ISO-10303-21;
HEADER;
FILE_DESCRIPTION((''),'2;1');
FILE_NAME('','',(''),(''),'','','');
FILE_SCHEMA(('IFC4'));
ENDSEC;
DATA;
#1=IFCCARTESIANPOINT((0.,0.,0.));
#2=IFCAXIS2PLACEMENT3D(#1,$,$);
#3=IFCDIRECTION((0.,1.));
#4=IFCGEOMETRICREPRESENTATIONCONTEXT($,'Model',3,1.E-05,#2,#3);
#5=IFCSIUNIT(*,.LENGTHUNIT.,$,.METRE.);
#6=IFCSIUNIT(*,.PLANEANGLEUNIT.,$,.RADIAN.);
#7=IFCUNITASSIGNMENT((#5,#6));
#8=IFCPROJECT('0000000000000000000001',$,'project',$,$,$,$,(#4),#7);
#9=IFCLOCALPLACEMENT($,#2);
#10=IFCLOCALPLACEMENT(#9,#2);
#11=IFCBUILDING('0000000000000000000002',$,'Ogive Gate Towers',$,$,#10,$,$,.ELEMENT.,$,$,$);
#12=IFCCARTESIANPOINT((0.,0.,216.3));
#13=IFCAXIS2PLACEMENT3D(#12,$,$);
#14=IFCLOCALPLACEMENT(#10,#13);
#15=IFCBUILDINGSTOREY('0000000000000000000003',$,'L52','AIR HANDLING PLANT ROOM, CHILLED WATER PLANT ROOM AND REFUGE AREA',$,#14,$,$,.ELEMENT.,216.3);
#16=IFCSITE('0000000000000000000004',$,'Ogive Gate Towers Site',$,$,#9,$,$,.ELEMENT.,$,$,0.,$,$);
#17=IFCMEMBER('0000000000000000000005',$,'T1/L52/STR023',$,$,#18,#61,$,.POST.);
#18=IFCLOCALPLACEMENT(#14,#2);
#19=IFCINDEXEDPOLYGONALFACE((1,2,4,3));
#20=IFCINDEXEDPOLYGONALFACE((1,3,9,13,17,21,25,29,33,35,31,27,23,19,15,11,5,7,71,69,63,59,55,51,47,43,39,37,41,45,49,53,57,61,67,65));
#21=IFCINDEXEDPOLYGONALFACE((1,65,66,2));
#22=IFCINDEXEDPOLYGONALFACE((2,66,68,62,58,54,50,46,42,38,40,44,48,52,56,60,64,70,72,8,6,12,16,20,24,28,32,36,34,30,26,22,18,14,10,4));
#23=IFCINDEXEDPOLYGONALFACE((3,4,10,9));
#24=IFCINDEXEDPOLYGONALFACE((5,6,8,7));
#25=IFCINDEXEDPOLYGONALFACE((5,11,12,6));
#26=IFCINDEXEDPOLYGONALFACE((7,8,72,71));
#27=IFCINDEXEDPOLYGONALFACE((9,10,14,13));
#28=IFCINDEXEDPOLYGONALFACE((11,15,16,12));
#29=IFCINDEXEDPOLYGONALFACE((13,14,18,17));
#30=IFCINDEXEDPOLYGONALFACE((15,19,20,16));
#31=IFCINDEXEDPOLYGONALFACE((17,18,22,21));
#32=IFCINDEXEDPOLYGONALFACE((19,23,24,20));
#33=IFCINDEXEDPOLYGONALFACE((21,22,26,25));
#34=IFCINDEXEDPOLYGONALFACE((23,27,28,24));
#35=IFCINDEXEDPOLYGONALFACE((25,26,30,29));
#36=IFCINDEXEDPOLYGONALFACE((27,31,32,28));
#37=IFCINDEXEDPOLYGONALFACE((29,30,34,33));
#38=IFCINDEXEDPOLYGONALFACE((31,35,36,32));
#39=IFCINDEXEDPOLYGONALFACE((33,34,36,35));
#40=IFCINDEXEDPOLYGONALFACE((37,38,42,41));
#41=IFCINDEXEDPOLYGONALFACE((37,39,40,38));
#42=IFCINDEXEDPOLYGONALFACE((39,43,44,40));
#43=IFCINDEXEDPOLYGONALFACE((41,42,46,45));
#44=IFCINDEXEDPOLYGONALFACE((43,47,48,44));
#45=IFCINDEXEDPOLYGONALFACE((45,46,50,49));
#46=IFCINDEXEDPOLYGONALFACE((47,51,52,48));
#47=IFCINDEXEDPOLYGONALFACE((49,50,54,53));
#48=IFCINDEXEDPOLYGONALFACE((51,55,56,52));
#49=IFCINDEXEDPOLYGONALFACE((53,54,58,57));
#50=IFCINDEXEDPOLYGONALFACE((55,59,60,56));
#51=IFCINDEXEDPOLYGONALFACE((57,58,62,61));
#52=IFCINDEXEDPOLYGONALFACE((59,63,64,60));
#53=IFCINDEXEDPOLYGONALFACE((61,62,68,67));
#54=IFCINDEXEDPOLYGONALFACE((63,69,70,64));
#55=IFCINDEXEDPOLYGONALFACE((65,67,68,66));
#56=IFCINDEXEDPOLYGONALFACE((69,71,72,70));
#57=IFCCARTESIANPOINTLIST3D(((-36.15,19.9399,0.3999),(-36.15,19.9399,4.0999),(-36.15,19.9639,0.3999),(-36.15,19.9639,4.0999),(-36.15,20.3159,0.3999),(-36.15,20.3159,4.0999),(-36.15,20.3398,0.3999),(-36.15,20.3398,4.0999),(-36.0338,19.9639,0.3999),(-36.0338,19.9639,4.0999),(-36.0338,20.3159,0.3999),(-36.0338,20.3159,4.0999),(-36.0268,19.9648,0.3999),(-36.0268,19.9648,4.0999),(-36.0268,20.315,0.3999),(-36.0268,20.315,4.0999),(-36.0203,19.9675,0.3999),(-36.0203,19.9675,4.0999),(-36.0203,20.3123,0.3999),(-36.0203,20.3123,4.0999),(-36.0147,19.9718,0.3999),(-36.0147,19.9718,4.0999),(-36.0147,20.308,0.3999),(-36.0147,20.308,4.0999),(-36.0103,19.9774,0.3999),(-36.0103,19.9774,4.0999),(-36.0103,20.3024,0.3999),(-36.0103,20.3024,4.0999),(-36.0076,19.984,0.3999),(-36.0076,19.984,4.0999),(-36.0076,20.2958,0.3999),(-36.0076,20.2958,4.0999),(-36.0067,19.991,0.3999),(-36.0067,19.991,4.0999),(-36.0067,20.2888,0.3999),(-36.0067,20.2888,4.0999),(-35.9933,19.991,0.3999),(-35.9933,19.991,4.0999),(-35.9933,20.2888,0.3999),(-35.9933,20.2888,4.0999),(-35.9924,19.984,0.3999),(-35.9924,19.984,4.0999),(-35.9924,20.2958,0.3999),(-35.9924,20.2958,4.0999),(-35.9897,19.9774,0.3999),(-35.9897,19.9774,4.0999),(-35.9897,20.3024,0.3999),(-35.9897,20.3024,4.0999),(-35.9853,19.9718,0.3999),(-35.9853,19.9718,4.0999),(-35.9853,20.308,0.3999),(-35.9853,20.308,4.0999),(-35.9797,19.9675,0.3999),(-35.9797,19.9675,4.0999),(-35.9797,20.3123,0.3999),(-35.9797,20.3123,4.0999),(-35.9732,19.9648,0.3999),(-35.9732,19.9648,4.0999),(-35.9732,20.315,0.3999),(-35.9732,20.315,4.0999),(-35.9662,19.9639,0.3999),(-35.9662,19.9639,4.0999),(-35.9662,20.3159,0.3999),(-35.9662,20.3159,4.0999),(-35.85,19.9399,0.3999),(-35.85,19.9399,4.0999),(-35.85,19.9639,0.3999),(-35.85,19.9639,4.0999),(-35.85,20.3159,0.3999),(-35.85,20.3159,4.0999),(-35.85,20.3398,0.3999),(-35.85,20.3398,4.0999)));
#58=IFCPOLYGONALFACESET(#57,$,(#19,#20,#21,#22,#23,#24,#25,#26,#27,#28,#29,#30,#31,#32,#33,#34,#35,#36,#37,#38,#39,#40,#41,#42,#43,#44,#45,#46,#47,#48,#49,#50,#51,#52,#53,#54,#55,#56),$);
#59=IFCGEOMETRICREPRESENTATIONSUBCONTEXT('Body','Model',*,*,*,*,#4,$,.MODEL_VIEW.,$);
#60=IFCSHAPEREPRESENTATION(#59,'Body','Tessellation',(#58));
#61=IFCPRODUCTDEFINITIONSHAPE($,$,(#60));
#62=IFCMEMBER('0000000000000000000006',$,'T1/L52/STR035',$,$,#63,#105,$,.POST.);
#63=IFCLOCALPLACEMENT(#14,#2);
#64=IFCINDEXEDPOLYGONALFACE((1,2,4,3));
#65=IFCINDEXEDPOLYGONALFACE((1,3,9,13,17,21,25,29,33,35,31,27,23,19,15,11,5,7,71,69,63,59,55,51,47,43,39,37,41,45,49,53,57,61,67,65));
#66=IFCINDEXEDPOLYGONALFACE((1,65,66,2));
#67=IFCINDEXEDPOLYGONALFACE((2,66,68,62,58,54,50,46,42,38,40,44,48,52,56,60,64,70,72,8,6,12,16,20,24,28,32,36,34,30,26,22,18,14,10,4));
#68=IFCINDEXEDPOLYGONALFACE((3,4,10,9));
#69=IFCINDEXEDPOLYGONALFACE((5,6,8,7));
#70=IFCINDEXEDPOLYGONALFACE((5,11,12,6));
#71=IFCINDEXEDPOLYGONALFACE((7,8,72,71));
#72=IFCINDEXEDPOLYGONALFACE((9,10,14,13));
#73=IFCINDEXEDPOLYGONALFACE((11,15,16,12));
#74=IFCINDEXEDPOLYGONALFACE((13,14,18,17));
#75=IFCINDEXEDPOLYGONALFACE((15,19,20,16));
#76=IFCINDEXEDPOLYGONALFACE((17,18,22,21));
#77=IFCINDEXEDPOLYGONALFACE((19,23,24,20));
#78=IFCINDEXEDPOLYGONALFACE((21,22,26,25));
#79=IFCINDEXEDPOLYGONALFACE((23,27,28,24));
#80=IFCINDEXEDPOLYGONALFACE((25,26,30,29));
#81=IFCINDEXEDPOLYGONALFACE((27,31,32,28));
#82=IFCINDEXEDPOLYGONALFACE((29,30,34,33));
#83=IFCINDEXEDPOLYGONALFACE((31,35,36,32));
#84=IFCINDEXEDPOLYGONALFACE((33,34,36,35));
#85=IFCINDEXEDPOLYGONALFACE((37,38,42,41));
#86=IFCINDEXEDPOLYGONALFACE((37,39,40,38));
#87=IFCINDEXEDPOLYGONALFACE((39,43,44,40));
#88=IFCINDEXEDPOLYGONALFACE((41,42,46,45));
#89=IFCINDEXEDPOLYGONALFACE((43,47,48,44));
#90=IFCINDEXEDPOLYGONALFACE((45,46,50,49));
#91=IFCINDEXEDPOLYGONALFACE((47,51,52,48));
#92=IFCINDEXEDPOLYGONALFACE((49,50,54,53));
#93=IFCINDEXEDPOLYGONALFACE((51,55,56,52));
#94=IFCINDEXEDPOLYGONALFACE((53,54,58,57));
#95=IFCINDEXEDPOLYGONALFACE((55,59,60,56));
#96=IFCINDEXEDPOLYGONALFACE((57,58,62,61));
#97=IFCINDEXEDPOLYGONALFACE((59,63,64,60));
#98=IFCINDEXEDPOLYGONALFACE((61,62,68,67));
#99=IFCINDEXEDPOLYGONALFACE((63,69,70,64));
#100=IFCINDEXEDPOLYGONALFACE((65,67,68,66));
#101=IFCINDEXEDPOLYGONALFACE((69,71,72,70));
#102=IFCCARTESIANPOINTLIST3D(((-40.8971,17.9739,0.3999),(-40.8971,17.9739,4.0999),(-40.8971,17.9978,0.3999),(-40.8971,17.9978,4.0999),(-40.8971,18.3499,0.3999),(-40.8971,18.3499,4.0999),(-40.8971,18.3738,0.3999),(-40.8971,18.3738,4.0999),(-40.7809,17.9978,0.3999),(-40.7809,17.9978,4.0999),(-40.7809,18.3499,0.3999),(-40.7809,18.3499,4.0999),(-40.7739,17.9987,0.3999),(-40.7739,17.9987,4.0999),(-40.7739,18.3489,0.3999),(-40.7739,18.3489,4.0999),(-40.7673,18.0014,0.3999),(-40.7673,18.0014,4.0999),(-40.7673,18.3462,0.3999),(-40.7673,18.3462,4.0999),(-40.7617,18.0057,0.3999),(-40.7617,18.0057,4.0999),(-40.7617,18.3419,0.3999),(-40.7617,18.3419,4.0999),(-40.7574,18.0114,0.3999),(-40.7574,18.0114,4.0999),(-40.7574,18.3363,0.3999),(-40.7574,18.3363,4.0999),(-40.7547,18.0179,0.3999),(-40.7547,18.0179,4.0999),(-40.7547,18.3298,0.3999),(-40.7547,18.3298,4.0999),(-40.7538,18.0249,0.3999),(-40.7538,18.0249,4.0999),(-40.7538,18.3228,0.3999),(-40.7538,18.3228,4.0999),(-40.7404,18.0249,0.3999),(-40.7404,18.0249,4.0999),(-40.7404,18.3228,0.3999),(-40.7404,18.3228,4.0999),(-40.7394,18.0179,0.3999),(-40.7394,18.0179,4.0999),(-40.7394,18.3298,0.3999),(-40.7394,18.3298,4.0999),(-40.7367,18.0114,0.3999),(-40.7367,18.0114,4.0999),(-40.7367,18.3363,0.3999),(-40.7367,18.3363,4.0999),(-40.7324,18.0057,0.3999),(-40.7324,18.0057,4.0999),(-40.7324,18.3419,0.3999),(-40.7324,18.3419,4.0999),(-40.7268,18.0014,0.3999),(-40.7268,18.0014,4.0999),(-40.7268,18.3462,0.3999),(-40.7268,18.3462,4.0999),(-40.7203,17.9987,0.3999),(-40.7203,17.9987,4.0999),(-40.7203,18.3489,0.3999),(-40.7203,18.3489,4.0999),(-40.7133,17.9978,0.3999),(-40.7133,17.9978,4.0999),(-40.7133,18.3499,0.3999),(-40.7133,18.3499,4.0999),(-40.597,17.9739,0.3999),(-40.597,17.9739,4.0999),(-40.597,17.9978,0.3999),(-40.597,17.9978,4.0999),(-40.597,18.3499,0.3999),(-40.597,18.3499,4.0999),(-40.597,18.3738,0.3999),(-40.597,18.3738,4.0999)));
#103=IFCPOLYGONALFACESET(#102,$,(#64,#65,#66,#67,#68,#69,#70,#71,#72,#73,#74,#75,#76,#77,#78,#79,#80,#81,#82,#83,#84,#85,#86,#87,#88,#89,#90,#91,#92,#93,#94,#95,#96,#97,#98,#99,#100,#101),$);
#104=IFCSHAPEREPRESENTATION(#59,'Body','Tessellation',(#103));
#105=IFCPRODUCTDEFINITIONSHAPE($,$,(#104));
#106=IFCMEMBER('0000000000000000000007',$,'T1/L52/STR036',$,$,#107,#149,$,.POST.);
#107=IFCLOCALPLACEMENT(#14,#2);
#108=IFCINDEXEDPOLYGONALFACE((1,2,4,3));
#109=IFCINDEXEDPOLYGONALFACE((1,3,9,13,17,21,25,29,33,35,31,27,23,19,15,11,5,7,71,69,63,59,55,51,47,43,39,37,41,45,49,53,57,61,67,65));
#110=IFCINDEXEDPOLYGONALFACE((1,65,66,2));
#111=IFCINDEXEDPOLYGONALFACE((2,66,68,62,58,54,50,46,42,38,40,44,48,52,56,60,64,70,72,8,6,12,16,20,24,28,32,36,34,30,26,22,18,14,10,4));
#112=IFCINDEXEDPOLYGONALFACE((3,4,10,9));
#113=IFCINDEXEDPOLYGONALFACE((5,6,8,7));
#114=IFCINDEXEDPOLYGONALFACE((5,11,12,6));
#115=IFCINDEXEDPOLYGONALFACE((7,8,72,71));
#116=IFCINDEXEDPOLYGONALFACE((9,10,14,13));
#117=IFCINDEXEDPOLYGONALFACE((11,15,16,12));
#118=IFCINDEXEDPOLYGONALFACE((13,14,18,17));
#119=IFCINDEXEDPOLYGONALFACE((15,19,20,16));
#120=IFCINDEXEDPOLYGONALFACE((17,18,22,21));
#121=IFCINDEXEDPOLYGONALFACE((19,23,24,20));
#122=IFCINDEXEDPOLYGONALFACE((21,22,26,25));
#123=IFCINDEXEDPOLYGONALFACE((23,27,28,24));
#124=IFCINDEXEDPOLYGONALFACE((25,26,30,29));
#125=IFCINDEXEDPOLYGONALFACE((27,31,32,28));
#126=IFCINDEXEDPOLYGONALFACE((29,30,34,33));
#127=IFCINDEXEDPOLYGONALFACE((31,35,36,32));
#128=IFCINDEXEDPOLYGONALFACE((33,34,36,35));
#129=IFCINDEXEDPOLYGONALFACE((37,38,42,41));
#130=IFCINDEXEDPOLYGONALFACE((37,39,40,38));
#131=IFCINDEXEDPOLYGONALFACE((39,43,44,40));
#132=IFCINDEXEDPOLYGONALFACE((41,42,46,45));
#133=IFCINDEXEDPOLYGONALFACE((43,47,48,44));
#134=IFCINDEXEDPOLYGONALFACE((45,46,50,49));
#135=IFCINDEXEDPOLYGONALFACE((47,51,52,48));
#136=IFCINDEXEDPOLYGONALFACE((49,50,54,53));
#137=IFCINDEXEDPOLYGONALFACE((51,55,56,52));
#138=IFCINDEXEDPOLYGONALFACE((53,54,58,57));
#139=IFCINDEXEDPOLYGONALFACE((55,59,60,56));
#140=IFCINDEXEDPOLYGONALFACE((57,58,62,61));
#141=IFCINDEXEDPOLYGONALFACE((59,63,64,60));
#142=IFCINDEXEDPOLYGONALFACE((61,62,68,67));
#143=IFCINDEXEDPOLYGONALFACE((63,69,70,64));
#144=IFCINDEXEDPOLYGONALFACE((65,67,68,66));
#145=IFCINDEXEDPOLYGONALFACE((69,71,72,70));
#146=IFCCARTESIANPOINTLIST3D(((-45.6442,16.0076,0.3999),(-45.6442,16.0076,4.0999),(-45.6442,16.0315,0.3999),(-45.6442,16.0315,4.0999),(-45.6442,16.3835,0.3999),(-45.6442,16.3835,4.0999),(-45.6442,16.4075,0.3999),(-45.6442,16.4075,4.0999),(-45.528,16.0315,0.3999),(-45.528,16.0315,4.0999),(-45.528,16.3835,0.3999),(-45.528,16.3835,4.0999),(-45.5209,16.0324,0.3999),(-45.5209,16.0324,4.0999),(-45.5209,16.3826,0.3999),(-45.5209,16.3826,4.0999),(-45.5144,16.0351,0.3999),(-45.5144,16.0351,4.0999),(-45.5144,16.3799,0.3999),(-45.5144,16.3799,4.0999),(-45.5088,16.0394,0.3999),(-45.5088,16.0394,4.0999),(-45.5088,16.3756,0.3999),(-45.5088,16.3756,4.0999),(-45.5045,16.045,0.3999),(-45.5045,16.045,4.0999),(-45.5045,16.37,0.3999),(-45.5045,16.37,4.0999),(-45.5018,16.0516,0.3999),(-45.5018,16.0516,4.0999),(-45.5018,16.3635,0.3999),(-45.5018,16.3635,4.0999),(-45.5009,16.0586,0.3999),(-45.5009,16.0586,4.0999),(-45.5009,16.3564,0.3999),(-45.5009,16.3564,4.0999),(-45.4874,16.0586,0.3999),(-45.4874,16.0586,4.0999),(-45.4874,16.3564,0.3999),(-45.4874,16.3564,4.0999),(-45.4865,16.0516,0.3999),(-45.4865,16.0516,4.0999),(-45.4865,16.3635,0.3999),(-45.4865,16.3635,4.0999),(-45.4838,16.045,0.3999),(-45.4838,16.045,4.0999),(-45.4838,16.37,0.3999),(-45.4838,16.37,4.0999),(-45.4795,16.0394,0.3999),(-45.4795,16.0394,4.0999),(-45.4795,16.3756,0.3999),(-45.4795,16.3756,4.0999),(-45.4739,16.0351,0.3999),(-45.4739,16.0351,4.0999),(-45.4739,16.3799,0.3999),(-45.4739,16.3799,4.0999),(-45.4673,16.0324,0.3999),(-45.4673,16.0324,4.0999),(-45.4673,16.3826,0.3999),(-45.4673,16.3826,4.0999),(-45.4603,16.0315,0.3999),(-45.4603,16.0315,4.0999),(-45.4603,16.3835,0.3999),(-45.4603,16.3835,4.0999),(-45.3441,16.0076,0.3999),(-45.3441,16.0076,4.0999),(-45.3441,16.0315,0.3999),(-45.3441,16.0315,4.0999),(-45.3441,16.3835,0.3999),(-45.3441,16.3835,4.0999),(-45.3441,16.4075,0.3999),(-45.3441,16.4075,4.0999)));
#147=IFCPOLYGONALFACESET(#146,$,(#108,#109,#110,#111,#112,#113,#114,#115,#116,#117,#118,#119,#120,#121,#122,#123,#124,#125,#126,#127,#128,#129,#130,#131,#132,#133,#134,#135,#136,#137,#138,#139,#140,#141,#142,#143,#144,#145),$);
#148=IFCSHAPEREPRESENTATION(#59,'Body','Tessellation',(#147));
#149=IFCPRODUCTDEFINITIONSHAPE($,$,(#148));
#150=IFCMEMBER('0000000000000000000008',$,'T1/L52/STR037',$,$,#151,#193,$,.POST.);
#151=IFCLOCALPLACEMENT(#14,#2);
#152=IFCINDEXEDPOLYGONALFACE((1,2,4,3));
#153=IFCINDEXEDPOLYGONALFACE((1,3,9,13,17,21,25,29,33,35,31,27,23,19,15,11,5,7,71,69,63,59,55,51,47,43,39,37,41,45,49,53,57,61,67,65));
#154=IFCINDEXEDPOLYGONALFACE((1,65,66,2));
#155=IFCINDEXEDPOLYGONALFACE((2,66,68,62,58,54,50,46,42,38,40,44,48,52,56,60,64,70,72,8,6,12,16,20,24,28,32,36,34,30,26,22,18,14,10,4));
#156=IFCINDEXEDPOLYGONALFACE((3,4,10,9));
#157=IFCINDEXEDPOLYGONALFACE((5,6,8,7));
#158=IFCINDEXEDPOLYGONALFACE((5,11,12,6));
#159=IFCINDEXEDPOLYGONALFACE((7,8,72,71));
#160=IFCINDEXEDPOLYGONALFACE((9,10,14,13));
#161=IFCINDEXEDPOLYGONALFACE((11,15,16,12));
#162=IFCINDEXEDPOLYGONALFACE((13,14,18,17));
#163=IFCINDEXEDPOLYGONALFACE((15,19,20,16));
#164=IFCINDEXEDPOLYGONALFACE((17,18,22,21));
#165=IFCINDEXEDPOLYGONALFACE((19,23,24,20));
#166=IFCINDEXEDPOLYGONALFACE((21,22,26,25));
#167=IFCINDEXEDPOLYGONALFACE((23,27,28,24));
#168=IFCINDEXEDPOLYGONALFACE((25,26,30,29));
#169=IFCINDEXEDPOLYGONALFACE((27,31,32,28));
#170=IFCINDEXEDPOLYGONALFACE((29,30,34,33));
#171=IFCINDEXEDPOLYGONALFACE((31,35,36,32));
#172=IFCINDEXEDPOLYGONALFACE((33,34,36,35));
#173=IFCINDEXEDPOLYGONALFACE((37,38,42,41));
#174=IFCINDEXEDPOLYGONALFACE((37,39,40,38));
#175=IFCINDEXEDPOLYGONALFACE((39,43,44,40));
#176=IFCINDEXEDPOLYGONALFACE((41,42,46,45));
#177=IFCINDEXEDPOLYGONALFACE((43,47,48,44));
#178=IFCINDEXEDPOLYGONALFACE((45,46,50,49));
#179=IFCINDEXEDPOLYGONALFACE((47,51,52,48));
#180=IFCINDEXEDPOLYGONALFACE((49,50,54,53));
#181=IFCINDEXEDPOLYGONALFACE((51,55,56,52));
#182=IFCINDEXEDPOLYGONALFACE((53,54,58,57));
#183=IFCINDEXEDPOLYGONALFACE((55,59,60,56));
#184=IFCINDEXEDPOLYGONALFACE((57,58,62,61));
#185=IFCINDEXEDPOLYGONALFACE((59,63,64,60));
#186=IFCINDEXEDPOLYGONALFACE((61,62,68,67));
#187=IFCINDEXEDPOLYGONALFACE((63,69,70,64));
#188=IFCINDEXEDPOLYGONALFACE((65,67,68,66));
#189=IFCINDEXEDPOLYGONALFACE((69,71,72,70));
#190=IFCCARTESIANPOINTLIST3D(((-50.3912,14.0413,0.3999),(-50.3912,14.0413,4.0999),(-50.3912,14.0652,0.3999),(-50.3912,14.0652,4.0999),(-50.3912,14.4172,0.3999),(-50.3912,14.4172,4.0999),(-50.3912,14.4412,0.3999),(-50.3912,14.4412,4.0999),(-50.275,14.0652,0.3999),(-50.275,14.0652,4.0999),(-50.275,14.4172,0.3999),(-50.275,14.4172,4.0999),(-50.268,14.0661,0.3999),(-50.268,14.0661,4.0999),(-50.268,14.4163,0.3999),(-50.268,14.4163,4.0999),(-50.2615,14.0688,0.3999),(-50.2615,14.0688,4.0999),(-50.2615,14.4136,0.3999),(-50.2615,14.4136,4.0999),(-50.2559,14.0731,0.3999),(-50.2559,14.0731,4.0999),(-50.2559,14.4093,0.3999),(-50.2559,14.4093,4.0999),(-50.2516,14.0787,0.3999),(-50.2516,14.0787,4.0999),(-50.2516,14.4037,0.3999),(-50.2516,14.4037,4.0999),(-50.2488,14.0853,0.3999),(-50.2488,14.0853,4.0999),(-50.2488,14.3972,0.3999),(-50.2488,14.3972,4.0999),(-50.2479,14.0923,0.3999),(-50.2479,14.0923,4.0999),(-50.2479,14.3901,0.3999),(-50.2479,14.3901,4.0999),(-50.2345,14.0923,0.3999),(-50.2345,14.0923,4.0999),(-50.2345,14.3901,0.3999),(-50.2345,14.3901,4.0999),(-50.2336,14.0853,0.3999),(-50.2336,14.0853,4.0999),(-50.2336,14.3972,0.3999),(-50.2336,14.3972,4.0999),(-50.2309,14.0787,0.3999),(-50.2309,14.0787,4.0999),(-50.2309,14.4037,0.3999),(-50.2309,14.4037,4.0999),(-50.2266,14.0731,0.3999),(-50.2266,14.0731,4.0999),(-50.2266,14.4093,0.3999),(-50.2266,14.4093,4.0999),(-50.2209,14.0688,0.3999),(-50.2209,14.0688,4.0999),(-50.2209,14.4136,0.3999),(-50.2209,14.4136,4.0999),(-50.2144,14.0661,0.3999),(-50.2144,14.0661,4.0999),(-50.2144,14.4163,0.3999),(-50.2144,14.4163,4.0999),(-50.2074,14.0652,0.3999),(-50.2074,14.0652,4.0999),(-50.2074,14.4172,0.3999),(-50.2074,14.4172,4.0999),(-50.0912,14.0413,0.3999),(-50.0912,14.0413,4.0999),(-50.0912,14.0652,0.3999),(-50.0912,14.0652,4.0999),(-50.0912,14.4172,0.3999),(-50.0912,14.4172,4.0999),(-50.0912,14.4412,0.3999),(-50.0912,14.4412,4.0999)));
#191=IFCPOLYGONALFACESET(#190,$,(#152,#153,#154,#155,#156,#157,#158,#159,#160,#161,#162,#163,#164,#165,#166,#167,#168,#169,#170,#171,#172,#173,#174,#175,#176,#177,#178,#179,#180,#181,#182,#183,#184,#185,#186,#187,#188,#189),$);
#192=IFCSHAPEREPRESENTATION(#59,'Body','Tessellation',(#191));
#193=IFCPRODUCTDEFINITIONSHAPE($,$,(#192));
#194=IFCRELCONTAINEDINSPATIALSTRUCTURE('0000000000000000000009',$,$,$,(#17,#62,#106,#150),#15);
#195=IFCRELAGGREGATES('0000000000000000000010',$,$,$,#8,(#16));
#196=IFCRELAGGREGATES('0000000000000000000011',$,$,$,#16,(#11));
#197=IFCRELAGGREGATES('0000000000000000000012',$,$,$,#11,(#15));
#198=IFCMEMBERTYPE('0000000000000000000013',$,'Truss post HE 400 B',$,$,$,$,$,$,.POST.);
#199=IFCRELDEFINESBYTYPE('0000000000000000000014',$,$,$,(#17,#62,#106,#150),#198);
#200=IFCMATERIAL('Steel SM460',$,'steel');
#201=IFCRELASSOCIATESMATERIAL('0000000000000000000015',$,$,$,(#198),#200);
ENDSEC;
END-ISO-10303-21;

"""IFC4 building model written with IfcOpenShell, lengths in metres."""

from ifc_helpers import new_model, si_unit, direction, frame, origin, origin_2d, place, context, subcontext, project, spatial, i_section, extrude, material, material_profile, profile_set, type_object, element, save


model = new_model("IFC4")

# Units and contexts
model_context = context("Model", 3, precision=1e-05, world=origin(), true_north=direction((0.0, 1.0)))
body_context = subcontext(model_context, "Body", "Model", "MODEL_VIEW")
ifc_project = project(units=[si_unit("LENGTHUNIT", "METRE"), si_unit("PLANEANGLEUNIT", "RADIAN")], contexts=[model_context])

# Site, building, storey
site_placement = place(None, origin())
site = spatial("IfcSite", under=ifc_project, at=site_placement, Name="Ogive Gate Towers Site", CompositionType="ELEMENT", RefElevation=0.0)
building_placement = place(site_placement, origin())
building = spatial("IfcBuilding", under=site, at=building_placement, Name="Ogive Gate Towers", CompositionType="ELEMENT")
storey_placement = place(building_placement, frame((0.0, 0.0, 216.3)))
storey = spatial("IfcBuildingStorey", under=building, at=storey_placement, Name="L52", Description="AIR HANDLING PLANT ROOM, CHILLED WATER PLANT ROOM AND REFUGE AREA", CompositionType="ELEMENT", Elevation=216.3)

# Shared definitions
ifc_material_1 = material(Name="Steel SM460", Category="steel")

# Members
ifc_material_profile_1 = material_profile(ifc_material_1, i_section(OverallWidth=0.3, OverallDepth=0.3999, WebThickness=0.0134, FlangeThickness=0.0239, FilletRadius=0.0271, at=origin_2d()), Name="HE 400 B")
ifc_profile_set_1 = profile_set([ifc_material_profile_1], Name="Steel SM460")
member_type_1 = type_object("IfcMemberType", Name="Truss post HE 400 B", PredefinedType="POST", material=ifc_profile_set_1)
for number, where, z_axis, x_axis, name in (
    (1, (-36.0, 20.1399, 0.3999), (0.0, 0.0, 1.0), (1.0, 0.0, 0.0), "T1/L52/STR023"),
    (2, (-40.7471, 18.1738, 0.3999), (0.0, 0.0, 1.0), (1.0, 0.0, 0.0), "T1/L52/STR035"),
    (3, (-45.4941, 16.2075, 0.3999), (0.0, 0.0, 1.0), (1.0, 0.0, 0.0), "T1/L52/STR036"),
    (4, (-50.2412, 14.2412, 0.3999), (0.0, 0.0, 1.0), (1.0, 0.0, 0.0), "T1/L52/STR037"),
):
    element("IfcMember", number, at=place(storey_placement, frame(where, z_axis=z_axis, x_axis=x_axis)), inside=storey, type_object=member_type_1, Name=name, PredefinedType="POST", context=body_context, shape_type="SweptSolid", body=[
        extrude(i_section(OverallWidth=0.3, OverallDepth=0.3999, WebThickness=0.0134, FlangeThickness=0.0239, FilletRadius=0.0271, at=origin_2d()), origin(), (0.0, 0.0, 1.0), 3.7),
    ])

save(model, "model.ifc")
